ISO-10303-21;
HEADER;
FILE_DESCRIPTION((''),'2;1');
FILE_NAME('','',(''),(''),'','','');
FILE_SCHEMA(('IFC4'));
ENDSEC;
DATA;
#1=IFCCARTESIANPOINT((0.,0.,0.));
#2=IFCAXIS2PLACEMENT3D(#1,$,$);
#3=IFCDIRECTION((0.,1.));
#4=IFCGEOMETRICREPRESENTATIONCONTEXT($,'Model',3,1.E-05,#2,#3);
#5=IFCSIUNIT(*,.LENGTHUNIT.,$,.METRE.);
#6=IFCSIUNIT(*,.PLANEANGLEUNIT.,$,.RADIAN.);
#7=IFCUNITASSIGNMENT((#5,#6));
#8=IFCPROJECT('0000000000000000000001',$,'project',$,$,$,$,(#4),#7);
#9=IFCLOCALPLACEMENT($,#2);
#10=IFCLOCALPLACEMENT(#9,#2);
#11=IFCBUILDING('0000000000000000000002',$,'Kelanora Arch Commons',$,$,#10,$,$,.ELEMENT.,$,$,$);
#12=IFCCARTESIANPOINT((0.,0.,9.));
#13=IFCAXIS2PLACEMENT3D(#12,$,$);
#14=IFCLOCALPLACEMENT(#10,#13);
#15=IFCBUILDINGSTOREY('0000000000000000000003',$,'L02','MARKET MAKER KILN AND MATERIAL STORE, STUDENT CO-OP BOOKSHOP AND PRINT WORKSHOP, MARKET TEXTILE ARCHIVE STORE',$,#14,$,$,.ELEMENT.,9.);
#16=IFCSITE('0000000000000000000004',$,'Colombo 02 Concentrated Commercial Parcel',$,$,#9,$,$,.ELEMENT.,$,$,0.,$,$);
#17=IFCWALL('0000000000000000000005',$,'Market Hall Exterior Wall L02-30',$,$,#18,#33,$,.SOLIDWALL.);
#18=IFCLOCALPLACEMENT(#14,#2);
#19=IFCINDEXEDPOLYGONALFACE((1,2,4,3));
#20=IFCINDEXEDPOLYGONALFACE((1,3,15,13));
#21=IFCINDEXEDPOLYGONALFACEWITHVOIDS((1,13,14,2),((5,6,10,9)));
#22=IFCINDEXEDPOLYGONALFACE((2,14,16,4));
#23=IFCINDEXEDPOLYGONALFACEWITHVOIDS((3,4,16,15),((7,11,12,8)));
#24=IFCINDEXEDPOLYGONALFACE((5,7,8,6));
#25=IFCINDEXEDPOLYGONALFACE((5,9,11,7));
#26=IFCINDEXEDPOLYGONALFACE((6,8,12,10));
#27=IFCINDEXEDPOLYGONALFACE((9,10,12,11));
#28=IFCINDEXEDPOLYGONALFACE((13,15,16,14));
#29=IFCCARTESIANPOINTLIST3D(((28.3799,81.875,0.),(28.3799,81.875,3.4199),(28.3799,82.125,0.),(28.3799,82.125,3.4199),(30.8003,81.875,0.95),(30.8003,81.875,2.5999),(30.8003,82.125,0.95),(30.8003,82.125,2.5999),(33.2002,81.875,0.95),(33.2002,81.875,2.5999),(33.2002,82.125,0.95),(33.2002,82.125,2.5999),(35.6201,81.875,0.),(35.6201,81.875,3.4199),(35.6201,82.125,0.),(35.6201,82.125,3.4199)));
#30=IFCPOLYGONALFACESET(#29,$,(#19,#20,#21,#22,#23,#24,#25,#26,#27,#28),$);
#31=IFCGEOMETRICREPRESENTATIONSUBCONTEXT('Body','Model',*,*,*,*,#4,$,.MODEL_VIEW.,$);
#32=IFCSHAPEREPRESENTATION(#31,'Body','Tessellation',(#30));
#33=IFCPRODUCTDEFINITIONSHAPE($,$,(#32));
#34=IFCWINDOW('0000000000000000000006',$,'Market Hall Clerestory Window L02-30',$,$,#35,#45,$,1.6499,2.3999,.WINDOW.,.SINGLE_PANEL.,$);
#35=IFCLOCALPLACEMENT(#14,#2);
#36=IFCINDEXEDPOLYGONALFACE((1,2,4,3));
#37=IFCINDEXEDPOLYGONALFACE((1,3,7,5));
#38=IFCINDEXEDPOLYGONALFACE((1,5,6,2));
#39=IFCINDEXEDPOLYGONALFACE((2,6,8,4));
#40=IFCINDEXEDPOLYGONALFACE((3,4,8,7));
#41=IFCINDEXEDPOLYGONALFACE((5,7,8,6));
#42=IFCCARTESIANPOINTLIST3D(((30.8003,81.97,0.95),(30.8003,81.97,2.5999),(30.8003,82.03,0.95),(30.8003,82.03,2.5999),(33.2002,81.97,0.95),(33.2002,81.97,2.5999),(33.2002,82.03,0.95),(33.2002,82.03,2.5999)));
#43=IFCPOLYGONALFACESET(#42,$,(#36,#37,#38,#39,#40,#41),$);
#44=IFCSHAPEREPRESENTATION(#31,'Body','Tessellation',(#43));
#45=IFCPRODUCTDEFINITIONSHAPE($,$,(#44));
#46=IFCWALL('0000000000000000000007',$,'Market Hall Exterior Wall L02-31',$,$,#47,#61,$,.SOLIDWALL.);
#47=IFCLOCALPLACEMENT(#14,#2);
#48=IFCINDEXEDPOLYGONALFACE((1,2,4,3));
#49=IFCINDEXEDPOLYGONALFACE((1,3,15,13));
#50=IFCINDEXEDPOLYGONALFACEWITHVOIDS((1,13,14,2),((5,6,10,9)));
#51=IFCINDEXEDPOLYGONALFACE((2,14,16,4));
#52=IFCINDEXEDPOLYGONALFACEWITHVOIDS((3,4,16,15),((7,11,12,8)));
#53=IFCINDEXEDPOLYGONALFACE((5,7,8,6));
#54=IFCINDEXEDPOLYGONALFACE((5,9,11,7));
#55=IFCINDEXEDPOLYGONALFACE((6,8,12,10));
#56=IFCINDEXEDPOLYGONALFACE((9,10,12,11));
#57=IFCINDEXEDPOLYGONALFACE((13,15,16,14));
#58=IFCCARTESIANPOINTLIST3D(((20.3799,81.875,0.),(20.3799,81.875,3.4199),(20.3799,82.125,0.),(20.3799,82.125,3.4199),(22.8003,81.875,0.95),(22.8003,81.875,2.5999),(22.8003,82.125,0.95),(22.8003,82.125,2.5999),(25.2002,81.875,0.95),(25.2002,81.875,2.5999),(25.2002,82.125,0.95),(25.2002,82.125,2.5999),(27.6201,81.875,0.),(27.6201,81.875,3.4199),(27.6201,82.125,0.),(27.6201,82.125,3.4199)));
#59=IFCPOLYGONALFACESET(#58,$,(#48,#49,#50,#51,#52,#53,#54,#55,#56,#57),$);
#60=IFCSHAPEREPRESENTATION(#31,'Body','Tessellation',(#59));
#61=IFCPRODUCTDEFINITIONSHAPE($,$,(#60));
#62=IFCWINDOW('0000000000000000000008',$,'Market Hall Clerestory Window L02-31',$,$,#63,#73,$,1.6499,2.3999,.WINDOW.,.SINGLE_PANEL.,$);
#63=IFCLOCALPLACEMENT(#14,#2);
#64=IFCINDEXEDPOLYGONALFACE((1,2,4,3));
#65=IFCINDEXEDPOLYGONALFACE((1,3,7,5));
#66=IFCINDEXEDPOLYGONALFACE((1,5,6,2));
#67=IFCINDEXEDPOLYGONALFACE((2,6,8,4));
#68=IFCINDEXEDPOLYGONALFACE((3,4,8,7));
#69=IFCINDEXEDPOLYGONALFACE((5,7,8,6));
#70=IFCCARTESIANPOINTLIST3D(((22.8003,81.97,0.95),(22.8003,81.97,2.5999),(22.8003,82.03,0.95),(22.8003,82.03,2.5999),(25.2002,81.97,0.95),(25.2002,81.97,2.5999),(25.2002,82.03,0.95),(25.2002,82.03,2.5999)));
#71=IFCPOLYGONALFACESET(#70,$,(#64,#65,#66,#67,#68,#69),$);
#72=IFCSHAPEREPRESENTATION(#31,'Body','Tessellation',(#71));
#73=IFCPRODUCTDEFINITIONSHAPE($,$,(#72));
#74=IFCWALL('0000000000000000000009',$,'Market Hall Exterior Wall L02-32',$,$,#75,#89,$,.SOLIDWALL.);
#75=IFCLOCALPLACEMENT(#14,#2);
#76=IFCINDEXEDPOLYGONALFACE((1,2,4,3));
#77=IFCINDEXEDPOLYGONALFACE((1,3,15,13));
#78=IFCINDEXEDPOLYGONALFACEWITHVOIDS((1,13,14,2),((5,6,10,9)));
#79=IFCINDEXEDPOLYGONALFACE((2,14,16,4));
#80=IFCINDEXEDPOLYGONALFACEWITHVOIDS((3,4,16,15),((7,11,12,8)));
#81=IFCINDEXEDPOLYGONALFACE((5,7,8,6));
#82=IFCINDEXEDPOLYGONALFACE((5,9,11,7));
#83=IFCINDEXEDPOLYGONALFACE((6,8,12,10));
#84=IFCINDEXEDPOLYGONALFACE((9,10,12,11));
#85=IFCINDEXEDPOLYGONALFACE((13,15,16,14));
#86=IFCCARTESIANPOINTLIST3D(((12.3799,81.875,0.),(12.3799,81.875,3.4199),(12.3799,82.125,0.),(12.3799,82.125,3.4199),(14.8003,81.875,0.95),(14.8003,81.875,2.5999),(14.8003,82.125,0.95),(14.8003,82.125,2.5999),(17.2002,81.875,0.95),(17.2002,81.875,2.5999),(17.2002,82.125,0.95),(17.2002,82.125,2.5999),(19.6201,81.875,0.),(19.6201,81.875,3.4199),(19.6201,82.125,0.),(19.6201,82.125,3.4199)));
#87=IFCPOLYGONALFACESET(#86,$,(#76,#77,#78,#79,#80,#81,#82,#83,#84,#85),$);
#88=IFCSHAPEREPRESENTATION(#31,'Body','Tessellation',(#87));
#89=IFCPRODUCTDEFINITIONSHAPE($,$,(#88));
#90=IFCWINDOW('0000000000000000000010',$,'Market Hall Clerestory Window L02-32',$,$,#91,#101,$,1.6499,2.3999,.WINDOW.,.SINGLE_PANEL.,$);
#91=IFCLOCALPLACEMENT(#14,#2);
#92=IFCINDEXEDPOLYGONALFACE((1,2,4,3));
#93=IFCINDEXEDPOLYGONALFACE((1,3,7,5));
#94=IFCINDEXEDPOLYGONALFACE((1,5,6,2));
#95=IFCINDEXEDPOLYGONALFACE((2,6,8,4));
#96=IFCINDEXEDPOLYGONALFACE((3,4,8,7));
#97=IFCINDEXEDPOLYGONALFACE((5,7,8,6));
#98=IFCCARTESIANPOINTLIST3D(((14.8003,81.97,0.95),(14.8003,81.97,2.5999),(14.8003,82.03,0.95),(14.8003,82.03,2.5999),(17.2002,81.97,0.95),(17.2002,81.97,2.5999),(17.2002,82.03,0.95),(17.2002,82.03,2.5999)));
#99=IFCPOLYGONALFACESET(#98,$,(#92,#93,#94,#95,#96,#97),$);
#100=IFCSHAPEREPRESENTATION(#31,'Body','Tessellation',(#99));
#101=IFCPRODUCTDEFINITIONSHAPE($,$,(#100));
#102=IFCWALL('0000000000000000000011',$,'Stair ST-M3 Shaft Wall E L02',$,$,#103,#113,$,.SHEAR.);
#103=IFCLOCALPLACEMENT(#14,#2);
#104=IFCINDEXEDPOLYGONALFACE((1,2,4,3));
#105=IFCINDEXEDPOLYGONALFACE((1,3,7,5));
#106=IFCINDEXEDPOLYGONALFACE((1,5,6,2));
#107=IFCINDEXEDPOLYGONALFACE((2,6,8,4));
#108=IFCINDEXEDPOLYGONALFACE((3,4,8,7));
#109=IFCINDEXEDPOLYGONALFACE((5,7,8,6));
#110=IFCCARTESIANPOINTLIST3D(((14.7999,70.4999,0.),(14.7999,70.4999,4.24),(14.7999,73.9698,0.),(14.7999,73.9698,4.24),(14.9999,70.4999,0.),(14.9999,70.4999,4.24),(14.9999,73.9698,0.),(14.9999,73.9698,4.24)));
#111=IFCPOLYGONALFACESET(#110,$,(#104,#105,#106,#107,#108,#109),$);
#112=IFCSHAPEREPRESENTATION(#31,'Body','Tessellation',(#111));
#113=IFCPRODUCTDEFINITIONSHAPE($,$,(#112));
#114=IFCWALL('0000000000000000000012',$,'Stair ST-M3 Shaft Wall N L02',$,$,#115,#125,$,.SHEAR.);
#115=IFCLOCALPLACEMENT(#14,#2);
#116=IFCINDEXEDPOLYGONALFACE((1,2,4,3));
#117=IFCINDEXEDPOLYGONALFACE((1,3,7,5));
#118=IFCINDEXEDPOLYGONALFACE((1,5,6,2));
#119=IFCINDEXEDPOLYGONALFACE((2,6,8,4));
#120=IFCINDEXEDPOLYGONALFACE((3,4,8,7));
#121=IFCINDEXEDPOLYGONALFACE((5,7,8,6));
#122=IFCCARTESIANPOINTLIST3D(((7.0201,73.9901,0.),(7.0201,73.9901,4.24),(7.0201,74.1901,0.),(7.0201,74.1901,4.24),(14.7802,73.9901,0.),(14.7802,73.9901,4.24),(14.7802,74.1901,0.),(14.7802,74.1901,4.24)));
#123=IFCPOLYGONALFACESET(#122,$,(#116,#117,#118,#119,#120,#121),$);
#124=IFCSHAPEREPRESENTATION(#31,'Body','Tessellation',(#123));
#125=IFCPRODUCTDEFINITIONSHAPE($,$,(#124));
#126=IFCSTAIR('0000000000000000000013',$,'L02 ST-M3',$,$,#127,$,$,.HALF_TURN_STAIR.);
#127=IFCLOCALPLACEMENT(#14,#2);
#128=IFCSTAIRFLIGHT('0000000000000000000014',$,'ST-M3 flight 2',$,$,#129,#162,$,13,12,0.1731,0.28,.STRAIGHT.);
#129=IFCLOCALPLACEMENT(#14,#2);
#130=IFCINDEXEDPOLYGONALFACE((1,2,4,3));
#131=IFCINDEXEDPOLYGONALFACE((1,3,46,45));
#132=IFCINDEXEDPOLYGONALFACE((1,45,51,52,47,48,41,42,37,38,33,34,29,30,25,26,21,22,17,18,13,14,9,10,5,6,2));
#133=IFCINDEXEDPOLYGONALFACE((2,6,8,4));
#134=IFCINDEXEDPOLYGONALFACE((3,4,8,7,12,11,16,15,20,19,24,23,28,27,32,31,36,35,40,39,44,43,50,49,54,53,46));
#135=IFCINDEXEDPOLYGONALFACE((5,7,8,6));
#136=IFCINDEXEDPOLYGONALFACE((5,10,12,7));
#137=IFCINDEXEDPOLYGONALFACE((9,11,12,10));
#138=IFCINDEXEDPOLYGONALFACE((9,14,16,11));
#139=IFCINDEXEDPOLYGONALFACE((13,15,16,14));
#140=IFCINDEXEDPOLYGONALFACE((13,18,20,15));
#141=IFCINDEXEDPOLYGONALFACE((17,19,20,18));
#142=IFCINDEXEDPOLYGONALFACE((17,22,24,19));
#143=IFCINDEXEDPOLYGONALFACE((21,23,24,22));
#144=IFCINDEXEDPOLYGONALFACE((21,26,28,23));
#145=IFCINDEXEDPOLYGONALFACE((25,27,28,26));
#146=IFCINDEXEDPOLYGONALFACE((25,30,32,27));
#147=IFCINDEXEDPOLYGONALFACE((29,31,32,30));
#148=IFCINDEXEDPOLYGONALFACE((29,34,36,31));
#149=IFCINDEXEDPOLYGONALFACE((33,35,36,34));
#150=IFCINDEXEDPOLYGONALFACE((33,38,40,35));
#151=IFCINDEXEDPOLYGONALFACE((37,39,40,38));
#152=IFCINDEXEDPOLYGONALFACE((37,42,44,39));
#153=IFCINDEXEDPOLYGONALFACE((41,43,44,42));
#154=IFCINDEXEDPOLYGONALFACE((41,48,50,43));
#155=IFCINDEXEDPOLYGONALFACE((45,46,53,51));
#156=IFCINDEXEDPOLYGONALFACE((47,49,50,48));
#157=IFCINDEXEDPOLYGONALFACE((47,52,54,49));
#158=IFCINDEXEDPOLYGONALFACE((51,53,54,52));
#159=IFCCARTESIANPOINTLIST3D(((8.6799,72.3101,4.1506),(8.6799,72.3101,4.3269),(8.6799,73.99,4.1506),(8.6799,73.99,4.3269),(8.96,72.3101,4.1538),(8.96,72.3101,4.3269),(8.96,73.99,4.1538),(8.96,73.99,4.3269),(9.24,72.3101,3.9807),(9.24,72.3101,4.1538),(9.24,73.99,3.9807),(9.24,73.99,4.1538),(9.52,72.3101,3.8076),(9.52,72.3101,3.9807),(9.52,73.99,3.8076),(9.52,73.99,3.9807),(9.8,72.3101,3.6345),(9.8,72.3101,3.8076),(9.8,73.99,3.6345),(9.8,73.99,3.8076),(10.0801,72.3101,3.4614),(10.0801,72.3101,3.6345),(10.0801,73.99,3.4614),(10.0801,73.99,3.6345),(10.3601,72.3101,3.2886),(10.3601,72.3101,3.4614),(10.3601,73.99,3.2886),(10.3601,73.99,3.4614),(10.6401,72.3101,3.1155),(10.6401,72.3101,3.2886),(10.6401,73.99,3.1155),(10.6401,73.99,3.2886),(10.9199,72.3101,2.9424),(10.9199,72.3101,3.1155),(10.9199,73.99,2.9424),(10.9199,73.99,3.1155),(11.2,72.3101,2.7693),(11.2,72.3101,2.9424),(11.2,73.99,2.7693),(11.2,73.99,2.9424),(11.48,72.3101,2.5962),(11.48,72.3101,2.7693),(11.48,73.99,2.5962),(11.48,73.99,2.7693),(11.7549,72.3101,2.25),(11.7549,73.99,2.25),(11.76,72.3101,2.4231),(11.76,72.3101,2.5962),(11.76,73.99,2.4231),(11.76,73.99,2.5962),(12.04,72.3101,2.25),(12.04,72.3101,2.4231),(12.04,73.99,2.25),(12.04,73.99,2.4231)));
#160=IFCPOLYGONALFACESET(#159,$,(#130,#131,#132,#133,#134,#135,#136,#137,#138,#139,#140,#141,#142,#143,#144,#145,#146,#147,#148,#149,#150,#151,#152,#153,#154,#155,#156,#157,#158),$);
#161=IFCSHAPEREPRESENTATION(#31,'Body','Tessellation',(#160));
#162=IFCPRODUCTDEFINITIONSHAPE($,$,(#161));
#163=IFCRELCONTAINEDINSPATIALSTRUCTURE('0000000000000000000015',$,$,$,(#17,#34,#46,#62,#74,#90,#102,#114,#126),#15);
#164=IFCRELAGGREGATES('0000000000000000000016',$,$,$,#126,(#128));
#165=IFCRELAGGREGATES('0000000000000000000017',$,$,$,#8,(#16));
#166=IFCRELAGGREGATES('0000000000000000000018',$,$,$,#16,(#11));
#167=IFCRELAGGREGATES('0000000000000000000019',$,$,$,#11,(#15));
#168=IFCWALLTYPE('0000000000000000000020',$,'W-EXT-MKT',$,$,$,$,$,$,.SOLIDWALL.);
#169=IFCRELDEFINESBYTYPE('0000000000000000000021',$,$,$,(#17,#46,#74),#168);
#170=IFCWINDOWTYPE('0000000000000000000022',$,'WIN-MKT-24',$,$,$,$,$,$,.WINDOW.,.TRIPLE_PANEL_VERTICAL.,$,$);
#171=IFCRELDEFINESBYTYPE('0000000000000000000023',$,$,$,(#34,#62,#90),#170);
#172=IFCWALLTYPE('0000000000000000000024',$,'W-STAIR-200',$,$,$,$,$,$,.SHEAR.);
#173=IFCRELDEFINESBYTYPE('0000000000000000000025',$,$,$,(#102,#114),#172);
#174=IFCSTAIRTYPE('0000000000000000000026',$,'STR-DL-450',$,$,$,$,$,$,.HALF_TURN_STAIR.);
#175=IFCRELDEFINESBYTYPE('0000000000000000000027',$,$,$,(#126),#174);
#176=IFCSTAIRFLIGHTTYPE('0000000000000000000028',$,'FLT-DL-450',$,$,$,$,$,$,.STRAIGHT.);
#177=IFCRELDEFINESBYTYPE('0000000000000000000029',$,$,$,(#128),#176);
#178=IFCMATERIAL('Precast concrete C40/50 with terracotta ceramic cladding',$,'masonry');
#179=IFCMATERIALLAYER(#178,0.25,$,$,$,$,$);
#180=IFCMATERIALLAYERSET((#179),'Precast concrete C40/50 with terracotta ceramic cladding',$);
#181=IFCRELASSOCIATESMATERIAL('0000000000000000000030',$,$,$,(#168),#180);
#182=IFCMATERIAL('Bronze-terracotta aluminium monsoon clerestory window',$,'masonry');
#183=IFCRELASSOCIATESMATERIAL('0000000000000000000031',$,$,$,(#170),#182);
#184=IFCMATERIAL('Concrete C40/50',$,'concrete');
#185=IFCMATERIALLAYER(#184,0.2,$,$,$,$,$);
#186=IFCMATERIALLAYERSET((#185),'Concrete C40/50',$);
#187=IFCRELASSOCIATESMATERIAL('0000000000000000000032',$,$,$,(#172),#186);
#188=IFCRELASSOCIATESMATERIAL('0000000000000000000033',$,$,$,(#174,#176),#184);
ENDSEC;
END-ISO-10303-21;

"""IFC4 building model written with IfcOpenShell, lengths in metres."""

from ifc_helpers import new_model, si_unit, direction, frame, frame_2d, origin, place, context, subcontext, project, spatial, polyline, rectangle, outline, extrude, material, layer, layer_set, type_object, element, fill, aggregate, save


model = new_model("IFC4")

# Units and contexts
model_context = context("Model", 3, precision=1e-05, world=origin(), true_north=direction((0.0, 1.0)))
body_context = subcontext(model_context, "Body", "Model", "MODEL_VIEW")
ifc_project = project(units=[si_unit("LENGTHUNIT", "METRE"), si_unit("PLANEANGLEUNIT", "RADIAN")], contexts=[model_context])

# Site, building, storey
site_placement = place(None, origin())
site = spatial("IfcSite", under=ifc_project, at=site_placement, Name="Colombo 02 Concentrated Commercial Parcel", CompositionType="ELEMENT", RefElevation=0.0)
building_placement = place(site_placement, origin())
building = spatial("IfcBuilding", under=site, at=building_placement, Name="Kelanora Arch Commons", CompositionType="ELEMENT")
storey_placement = place(building_placement, frame((0.0, 0.0, 9.0)))
storey = spatial("IfcBuildingStorey", under=building, at=storey_placement, Name="L02", Description="MARKET MAKER KILN AND MATERIAL STORE, STUDENT CO-OP BOOKSHOP AND PRINT WORKSHOP, MARKET TEXTILE ARCHIVE STORE", CompositionType="ELEMENT", Elevation=9.0)

# Shared definitions
ifc_material_1 = material(Name="Concrete C40/50", Category="concrete")

# Walls, openings, windows
ifc_material_2 = material(Name="Precast concrete C40/50 with terracotta ceramic cladding", Category="masonry")
ifc_layer_1 = layer(ifc_material_2, 0.25)
ifc_layer_set_1 = layer_set([ifc_layer_1], Name="Precast concrete C40/50 with terracotta ceramic cladding")
wall_type_1 = type_object("IfcWallType", Name="W-EXT-MKT", PredefinedType="SOLIDWALL", material=ifc_layer_set_1)
wall_1_placement = place(storey_placement, frame((35.6201, 82.0, 0.0), z_axis=(0.0, 0.0, 1.0), x_axis=(-1.0, 0.0, 0.0)))
wall_1 = element("IfcWall", 1, at=wall_1_placement, inside=storey, type_object=wall_type_1, Name="Market Hall Exterior Wall L02-30", PredefinedType="SOLIDWALL", context=body_context, shape_type="SweptSolid", body=[
    extrude(rectangle(XDim=7.2402, YDim=0.25, at=frame_2d((3.6201, 0.0))), origin(), (0.0, 0.0, 1.0), 3.4199),
])
opening_1_placement = place(wall_1_placement, frame((2.4199, 0.0, 0.95)))
opening_1 = element("IfcOpeningElement", 2, at=opening_1_placement, cuts=wall_1, PredefinedType="OPENING", context=body_context, shape_type="SweptSolid", body=[
    extrude(rectangle(XDim=2.3999, YDim=1.6499, at=frame_2d((1.2, 0.825))), frame((0.0, 0.135, 0.0), z_axis=(0.0, -1.0, 0.0), x_axis=(1.0, 0.0, 0.0)), (0.0, 0.0, 1.0), 0.27),
])
ifc_material_3 = material(Name="Bronze-terracotta aluminium monsoon clerestory window", Category="masonry")
window_type = type_object("IfcWindowType", Name="WIN-MKT-24", PartitioningType="TRIPLE_PANEL_VERTICAL", PredefinedType="WINDOW", material=ifc_material_3)
window_1_placement = place(opening_1_placement, origin())
window_1 = element("IfcWindow", 3, at=window_1_placement, inside=storey, type_object=window_type, Name="Market Hall Clerestory Window L02-30", OverallHeight=1.6499, OverallWidth=2.3999, PartitioningType="SINGLE_PANEL", PredefinedType="WINDOW", context=body_context, shape_type="SweptSolid", body=[
    extrude(rectangle(XDim=2.3999, YDim=1.6499, at=frame_2d((1.2, 0.825))), frame((0.0, 0.03, 0.0), z_axis=(0.0, -1.0, 0.0), x_axis=(1.0, 0.0, 0.0)), (0.0, 0.0, 1.0), 0.0601),
])
fill(opening_1, window_1)
wall_2_placement = place(storey_placement, frame((27.6201, 82.0, 0.0), z_axis=(0.0, 0.0, 1.0), x_axis=(-1.0, 0.0, 0.0)))
wall_2 = element("IfcWall", 4, at=wall_2_placement, inside=storey, type_object=wall_type_1, Name="Market Hall Exterior Wall L02-31", PredefinedType="SOLIDWALL", context=body_context, shape_type="SweptSolid", body=[
    extrude(rectangle(XDim=7.2402, YDim=0.25, at=frame_2d((3.6201, 0.0))), origin(), (0.0, 0.0, 1.0), 3.4199),
])
opening_2_placement = place(wall_2_placement, frame((2.4199, 0.0, 0.95)))
opening_2 = element("IfcOpeningElement", 5, at=opening_2_placement, cuts=wall_2, PredefinedType="OPENING", context=body_context, shape_type="SweptSolid", body=[
    extrude(rectangle(XDim=2.3999, YDim=1.6499, at=frame_2d((1.2, 0.825))), frame((0.0, 0.135, 0.0), z_axis=(0.0, -1.0, 0.0), x_axis=(1.0, 0.0, 0.0)), (0.0, 0.0, 1.0), 0.27),
])
window_2_placement = place(opening_2_placement, origin())
window_2 = element("IfcWindow", 6, at=window_2_placement, inside=storey, type_object=window_type, Name="Market Hall Clerestory Window L02-31", OverallHeight=1.6499, OverallWidth=2.3999, PartitioningType="SINGLE_PANEL", PredefinedType="WINDOW", context=body_context, shape_type="SweptSolid", body=[
    extrude(rectangle(XDim=2.3999, YDim=1.6499, at=frame_2d((1.2, 0.825))), frame((0.0, 0.03, 0.0), z_axis=(0.0, -1.0, 0.0), x_axis=(1.0, 0.0, 0.0)), (0.0, 0.0, 1.0), 0.0601),
])
fill(opening_2, window_2)
wall_3_placement = place(storey_placement, frame((19.6201, 82.0, 0.0), z_axis=(0.0, 0.0, 1.0), x_axis=(-1.0, 0.0, 0.0)))
wall_3 = element("IfcWall", 7, at=wall_3_placement, inside=storey, type_object=wall_type_1, Name="Market Hall Exterior Wall L02-32", PredefinedType="SOLIDWALL", context=body_context, shape_type="SweptSolid", body=[
    extrude(rectangle(XDim=7.2402, YDim=0.25, at=frame_2d((3.6201, 0.0))), origin(), (0.0, 0.0, 1.0), 3.4199),
])
opening_3_placement = place(wall_3_placement, frame((2.4199, 0.0, 0.95)))
opening_3 = element("IfcOpeningElement", 8, at=opening_3_placement, cuts=wall_3, PredefinedType="OPENING", context=body_context, shape_type="SweptSolid", body=[
    extrude(rectangle(XDim=2.3999, YDim=1.6499, at=frame_2d((1.2, 0.825))), frame((0.0, 0.135, 0.0), z_axis=(0.0, -1.0, 0.0), x_axis=(1.0, 0.0, 0.0)), (0.0, 0.0, 1.0), 0.27),
])
window_3_placement = place(opening_3_placement, origin())
window_3 = element("IfcWindow", 9, at=window_3_placement, inside=storey, type_object=window_type, Name="Market Hall Clerestory Window L02-32", OverallHeight=1.6499, OverallWidth=2.3999, PartitioningType="SINGLE_PANEL", PredefinedType="WINDOW", context=body_context, shape_type="SweptSolid", body=[
    extrude(rectangle(XDim=2.3999, YDim=1.6499, at=frame_2d((1.2, 0.825))), frame((0.0, 0.03, 0.0), z_axis=(0.0, -1.0, 0.0), x_axis=(1.0, 0.0, 0.0)), (0.0, 0.0, 1.0), 0.0601),
])
fill(opening_3, window_3)

# Walls
ifc_layer_2 = layer(ifc_material_1, 0.2)
ifc_layer_set_2 = layer_set([ifc_layer_2], Name="Concrete C40/50")
wall_type_2 = type_object("IfcWallType", Name="W-STAIR-200", PredefinedType="SHEAR", material=ifc_layer_set_2)
wall_4_placement = place(storey_placement, frame((14.8999, 70.5, 0.0), z_axis=(0.0, 0.0, 1.0), x_axis=(0.0, 1.0, 0.0)))
element("IfcWall", 10, at=wall_4_placement, inside=storey, type_object=wall_type_2, Name="Stair ST-M3 Shaft Wall E L02", PredefinedType="SHEAR", context=body_context, shape_type="SweptSolid", body=[
    extrude(rectangle(XDim=3.47, YDim=0.2, at=frame_2d((1.7349, 0.0))), origin(), (0.0, 0.0, 1.0), 4.24),
])
wall_5_placement = place(storey_placement, frame((14.78, 74.0901, 0.0), z_axis=(0.0, 0.0, 1.0), x_axis=(-1.0, 0.0, 0.0)))
element("IfcWall", 11, at=wall_5_placement, inside=storey, type_object=wall_type_2, Name="Stair ST-M3 Shaft Wall N L02", PredefinedType="SHEAR", context=body_context, shape_type="SweptSolid", body=[
    extrude(rectangle(XDim=7.76, YDim=0.2, at=frame_2d((3.8799, 0.0))), origin(), (0.0, 0.0, 1.0), 4.24),
])

# Stair, stair flight
stair_type = type_object("IfcStairType", Name="STR-DL-450", PredefinedType="HALF_TURN_STAIR", material=ifc_material_1)
stair_placement = place(storey_placement, origin())
stair = element("IfcStair", 12, at=stair_placement, inside=storey, type_object=stair_type, Name="L02 ST-M3", PredefinedType="HALF_TURN_STAIR")
stair_flight_type = type_object("IfcStairFlightType", Name="FLT-DL-450", PredefinedType="STRAIGHT", material=ifc_material_1)
stair_flight_placement = place(storey_placement, frame((12.04, 73.1499, 2.25), z_axis=(0.0, 0.0, 1.0), x_axis=(-1.0, 0.0, 0.0)))
stair_flight = element("IfcStairFlight", 13, at=stair_flight_placement, type_object=stair_flight_type, Name="ST-M3 flight 2", NumberOfRisers=13, NumberOfTreads=12, PredefinedType="STRAIGHT", RiserHeight=0.1731, TreadLength=0.28, context=body_context, shape_type="SweptSolid", body=[
    extrude(outline(polyline([(0.0, 0.0), (0.0, 0.1731), (0.28, 0.1731), (0.28, 0.3462), (0.5601, 0.3462), (0.5601, 0.5193), (0.8401, 0.5193), (0.8401, 0.6924), (1.1201, 0.6924), (1.1201, 0.8655), (1.3999, 0.8655), (1.3999, 1.0386), (1.6799, 1.0386), (1.6799, 1.2114), (1.96, 1.2114), (1.96, 1.3845), (2.24, 1.3845), (2.24, 1.5576), (2.52, 1.5576), (2.52, 1.7307), (2.8, 1.7307), (2.8, 1.9038), (3.0801, 1.9038), (3.0801, 2.0769), (3.3601, 2.0769), (3.3601, 2.25), (3.3601, 1.9006), (0.2852, 0.0), (0.0, 0.0)])), frame((0.0, 0.8398, 0.0), z_axis=(0.0, -1.0, 0.0), x_axis=(1.0, 0.0, 0.0)), (0.0, 0.0, 1.0), 1.6799),
])
aggregate(stair, [stair_flight])

save(model, "model.ifc")
